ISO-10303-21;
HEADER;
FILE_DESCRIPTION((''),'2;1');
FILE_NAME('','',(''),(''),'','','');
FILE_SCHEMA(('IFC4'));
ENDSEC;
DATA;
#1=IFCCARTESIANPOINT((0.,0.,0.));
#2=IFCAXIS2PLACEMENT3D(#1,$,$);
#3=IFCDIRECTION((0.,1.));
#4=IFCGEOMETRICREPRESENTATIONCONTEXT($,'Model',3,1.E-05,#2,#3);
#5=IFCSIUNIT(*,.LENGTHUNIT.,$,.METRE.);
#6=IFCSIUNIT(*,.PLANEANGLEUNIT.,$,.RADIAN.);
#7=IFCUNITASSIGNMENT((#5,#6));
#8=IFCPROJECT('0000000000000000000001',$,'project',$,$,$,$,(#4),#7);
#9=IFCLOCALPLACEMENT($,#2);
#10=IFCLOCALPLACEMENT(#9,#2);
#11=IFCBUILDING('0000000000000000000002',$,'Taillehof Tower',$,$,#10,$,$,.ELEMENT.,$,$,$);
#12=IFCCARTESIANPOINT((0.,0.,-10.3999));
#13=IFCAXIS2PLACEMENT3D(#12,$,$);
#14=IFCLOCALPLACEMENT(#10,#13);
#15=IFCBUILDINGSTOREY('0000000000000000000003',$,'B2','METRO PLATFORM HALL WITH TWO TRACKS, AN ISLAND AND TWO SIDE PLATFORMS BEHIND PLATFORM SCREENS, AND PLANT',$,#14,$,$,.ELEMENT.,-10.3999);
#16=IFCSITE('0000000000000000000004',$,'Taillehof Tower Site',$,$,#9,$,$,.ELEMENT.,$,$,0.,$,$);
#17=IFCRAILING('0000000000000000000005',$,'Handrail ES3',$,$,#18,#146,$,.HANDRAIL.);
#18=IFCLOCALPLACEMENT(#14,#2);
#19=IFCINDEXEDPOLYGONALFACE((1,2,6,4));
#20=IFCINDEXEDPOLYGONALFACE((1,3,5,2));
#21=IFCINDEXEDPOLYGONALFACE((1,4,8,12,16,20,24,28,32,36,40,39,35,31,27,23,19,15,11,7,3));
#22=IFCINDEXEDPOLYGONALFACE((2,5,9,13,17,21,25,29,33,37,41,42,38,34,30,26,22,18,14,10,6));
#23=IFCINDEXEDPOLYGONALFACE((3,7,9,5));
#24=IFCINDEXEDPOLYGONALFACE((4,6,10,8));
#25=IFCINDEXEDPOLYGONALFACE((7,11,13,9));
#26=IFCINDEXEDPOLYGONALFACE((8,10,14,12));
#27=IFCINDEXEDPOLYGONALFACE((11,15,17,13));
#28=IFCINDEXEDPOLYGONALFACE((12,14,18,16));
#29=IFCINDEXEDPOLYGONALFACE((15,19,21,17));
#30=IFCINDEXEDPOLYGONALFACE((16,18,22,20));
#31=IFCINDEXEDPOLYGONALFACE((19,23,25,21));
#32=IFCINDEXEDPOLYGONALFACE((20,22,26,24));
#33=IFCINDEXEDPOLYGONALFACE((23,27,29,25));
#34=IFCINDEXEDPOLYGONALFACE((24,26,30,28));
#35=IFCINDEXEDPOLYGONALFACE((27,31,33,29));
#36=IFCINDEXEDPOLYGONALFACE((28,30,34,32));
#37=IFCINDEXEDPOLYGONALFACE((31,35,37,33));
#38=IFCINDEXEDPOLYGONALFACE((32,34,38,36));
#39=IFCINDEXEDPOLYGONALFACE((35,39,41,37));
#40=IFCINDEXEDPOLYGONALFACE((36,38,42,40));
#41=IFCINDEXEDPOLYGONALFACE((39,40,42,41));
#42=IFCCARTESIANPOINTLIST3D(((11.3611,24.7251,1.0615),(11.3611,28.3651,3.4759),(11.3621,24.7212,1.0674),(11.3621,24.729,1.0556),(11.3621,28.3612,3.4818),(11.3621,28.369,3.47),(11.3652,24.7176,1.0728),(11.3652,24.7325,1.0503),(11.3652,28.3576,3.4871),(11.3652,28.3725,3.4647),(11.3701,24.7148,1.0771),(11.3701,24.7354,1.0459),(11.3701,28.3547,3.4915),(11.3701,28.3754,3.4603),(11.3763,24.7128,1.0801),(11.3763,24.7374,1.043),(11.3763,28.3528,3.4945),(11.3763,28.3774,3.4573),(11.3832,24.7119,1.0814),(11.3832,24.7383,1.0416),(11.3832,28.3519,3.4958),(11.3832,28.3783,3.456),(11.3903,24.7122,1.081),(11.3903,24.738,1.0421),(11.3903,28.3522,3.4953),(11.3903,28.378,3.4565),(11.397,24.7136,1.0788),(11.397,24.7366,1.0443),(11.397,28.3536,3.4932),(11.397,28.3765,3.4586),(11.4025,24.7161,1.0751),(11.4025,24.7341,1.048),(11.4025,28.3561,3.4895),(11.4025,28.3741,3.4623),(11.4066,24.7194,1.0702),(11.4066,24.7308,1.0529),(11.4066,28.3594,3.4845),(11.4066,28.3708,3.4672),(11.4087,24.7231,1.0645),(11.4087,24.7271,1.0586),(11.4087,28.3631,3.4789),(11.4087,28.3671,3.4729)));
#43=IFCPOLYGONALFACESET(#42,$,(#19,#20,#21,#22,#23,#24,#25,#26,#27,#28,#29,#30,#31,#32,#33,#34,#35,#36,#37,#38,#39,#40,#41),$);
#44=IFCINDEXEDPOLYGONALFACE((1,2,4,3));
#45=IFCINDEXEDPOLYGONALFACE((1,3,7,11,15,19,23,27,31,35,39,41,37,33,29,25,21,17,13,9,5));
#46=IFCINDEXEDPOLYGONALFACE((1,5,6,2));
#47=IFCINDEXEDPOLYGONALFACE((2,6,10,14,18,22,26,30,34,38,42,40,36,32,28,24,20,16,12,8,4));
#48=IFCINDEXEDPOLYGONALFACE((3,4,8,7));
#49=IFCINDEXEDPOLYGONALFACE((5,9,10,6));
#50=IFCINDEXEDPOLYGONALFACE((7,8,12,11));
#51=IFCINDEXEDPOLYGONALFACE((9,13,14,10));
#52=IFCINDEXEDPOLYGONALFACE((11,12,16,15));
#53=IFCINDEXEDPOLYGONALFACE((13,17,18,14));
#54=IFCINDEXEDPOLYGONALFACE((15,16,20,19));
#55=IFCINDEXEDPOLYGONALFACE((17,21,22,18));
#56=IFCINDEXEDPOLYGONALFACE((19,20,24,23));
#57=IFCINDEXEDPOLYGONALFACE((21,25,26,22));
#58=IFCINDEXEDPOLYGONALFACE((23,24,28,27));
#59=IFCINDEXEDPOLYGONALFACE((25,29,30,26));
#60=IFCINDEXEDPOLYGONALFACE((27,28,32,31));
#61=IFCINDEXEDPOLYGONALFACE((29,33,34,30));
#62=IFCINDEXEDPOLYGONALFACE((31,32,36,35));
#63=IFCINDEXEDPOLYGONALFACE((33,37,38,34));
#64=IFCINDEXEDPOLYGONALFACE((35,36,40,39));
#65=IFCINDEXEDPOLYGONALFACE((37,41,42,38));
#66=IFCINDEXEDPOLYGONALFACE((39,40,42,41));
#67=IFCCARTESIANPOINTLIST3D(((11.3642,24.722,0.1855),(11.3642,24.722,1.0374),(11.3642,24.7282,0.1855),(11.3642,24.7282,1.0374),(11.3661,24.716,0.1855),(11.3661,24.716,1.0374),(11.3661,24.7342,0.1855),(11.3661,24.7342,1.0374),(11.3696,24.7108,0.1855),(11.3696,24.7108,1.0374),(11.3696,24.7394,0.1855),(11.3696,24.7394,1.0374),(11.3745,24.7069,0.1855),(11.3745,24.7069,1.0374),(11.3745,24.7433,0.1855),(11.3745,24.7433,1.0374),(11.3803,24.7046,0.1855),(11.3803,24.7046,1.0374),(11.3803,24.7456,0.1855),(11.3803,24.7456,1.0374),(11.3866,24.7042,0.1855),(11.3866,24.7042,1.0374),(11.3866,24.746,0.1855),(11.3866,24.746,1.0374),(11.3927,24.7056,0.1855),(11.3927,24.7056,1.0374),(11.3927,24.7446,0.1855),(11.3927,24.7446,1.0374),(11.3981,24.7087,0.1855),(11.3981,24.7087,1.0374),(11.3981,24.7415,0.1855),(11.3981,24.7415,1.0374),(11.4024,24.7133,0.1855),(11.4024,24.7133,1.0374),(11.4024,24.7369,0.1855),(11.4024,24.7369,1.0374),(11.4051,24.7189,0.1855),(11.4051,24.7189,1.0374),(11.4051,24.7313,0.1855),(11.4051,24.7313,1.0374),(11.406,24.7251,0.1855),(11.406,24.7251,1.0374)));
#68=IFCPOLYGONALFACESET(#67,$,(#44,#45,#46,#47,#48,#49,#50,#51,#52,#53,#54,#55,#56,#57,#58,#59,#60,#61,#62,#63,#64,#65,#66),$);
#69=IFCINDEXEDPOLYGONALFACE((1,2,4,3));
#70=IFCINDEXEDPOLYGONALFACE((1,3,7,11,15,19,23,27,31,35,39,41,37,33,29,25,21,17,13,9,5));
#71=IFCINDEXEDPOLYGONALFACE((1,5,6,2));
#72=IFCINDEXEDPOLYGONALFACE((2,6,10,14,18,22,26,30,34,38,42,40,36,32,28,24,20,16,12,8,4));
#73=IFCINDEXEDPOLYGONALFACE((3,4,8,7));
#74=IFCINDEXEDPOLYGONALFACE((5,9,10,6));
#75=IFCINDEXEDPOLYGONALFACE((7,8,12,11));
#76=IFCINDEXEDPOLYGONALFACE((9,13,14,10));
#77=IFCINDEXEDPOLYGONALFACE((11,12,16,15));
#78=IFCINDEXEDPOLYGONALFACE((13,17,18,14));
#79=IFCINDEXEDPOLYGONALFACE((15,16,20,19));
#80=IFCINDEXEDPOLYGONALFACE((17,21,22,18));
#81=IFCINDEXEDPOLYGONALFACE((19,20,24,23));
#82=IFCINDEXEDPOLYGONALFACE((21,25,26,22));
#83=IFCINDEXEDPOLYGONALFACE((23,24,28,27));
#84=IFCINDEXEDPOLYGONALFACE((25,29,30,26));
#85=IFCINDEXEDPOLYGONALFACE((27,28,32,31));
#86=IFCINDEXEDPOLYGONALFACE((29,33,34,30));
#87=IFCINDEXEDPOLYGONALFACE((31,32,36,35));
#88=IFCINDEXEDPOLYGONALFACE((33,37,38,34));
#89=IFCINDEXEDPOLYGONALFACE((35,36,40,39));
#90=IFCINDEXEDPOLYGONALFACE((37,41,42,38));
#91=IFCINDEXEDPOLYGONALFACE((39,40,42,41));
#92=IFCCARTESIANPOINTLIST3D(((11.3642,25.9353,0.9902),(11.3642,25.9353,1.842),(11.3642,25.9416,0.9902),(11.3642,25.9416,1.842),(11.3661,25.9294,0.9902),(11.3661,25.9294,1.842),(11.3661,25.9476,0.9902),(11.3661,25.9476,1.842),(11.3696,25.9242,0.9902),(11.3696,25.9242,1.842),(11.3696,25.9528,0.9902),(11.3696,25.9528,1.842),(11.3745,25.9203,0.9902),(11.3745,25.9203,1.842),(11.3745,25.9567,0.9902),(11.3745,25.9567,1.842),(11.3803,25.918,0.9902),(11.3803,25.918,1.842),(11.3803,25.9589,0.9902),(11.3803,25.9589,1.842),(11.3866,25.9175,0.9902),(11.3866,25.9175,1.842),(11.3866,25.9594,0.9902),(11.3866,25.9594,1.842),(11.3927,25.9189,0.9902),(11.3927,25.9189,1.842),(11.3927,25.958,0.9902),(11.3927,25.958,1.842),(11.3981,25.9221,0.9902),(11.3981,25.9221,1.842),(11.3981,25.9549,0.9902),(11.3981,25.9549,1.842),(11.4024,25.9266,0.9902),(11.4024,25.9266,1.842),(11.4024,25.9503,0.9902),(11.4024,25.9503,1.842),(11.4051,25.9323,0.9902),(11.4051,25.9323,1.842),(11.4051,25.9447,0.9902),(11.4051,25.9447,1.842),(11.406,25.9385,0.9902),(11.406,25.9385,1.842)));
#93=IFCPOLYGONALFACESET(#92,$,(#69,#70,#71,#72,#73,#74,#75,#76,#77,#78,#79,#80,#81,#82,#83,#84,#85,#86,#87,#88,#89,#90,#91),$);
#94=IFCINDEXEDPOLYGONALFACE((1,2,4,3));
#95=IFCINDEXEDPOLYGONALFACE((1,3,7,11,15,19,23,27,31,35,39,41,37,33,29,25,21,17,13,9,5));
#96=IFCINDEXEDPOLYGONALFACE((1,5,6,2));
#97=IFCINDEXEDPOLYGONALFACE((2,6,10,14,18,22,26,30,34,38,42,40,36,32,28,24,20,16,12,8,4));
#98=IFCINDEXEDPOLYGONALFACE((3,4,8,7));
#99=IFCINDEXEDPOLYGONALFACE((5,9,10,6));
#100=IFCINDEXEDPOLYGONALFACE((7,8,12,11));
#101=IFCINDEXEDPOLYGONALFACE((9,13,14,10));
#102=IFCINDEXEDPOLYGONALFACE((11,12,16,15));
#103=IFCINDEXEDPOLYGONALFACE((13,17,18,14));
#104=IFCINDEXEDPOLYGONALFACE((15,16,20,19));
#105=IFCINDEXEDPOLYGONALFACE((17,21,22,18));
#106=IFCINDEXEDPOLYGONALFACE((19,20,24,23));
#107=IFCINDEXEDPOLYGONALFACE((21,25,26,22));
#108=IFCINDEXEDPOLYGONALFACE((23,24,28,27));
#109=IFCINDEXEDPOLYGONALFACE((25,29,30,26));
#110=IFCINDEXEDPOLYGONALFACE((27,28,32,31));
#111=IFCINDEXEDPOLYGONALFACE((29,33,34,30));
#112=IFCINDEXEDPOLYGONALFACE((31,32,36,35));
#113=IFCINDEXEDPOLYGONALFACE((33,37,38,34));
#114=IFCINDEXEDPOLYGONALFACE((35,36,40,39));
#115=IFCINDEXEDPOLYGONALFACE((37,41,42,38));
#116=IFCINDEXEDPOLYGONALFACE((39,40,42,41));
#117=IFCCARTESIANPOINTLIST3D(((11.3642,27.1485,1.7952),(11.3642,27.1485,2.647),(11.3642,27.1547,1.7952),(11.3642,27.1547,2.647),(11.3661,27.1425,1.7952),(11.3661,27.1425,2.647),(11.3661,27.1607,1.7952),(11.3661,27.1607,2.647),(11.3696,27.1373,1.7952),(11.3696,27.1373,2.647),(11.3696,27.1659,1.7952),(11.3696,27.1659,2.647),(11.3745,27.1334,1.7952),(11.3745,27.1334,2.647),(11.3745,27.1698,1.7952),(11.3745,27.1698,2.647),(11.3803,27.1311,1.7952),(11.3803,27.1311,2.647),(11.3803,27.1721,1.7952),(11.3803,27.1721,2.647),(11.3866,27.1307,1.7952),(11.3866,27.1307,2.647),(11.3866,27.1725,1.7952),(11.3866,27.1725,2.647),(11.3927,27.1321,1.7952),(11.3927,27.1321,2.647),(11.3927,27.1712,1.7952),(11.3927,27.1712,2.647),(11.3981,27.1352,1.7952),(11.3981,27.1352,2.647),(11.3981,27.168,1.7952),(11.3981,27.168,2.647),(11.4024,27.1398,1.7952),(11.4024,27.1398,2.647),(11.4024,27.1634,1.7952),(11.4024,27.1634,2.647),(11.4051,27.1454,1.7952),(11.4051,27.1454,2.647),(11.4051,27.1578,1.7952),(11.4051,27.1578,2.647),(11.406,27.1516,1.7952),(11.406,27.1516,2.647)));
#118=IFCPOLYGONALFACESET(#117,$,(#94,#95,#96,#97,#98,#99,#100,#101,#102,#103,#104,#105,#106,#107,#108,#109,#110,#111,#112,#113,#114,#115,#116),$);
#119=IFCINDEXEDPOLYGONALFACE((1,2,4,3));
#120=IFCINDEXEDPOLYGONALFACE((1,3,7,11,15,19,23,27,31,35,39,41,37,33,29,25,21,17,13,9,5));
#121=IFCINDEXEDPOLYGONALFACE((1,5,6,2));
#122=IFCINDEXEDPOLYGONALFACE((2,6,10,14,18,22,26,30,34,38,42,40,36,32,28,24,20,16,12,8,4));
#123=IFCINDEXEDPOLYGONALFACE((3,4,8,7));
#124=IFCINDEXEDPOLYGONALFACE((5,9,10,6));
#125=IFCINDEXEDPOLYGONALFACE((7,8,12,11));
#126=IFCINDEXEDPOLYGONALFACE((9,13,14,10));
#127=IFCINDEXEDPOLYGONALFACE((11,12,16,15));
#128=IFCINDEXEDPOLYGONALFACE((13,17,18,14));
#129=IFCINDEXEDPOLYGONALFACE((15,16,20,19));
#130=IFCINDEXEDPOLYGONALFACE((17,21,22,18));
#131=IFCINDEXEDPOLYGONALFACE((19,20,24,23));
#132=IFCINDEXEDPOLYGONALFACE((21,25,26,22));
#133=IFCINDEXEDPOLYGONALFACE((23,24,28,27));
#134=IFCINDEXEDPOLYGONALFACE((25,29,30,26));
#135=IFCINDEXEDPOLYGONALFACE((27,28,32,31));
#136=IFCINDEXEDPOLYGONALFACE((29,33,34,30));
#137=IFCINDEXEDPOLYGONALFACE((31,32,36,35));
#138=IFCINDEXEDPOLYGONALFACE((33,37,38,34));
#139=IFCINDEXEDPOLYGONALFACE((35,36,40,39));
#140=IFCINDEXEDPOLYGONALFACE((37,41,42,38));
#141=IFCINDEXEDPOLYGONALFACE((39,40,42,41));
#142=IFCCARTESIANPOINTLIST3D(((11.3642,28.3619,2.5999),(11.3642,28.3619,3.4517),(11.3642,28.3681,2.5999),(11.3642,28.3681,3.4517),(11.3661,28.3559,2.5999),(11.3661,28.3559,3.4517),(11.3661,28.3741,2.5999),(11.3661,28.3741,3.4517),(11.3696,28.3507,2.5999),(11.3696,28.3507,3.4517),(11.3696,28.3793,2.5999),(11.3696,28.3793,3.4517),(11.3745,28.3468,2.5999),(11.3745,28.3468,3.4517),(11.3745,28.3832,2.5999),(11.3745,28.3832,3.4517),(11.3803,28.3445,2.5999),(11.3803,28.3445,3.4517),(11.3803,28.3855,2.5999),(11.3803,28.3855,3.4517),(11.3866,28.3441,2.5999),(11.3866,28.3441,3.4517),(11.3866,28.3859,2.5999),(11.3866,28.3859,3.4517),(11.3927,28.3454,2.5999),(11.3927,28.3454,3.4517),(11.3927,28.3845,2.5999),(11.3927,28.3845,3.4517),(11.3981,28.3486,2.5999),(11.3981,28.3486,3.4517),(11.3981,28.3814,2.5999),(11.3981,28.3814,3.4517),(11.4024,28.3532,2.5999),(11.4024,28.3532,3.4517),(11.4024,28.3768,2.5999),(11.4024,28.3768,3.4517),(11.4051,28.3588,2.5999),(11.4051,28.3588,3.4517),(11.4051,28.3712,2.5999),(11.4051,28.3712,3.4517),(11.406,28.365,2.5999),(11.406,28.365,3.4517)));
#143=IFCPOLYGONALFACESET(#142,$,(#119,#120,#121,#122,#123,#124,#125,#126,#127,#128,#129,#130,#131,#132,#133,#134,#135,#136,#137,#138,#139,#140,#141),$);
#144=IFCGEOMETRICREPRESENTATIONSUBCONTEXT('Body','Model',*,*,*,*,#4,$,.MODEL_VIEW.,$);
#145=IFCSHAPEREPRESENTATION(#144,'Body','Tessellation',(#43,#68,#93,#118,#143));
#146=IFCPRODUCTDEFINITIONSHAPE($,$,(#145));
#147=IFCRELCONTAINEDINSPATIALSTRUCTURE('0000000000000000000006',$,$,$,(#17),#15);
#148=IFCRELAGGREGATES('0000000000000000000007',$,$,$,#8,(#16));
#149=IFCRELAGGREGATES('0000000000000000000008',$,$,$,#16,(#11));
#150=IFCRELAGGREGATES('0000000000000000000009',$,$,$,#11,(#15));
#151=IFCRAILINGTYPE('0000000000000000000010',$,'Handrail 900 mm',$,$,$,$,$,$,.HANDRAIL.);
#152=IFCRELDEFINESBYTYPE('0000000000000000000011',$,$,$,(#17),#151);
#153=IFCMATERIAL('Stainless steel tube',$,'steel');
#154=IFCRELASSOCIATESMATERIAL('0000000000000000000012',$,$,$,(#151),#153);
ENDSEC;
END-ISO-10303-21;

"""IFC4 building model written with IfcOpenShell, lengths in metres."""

from ifc_helpers import new_model, si_unit, direction, frame, origin, origin_2d, place, context, subcontext, project, spatial, circle, extrude, material, type_object, element, save


model = new_model("IFC4")

# Units and contexts
model_context = context("Model", 3, precision=1e-05, world=origin(), true_north=direction((0.0, 1.0)))
body_context = subcontext(model_context, "Body", "Model", "MODEL_VIEW")
ifc_project = project(units=[si_unit("LENGTHUNIT", "METRE"), si_unit("PLANEANGLEUNIT", "RADIAN")], contexts=[model_context])

# Site, building, storey
site_placement = place(None, origin())
site = spatial("IfcSite", under=ifc_project, at=site_placement, Name="Taillehof Tower Site", CompositionType="ELEMENT", RefElevation=0.0)
building_placement = place(site_placement, origin())
building = spatial("IfcBuilding", under=site, at=building_placement, Name="Taillehof Tower", CompositionType="ELEMENT")
storey_placement = place(building_placement, frame((0.0, 0.0, -10.3999)))
storey = spatial("IfcBuildingStorey", under=building, at=storey_placement, Name="B2", Description="METRO PLATFORM HALL WITH TWO TRACKS, AN ISLAND AND TWO SIDE PLATFORMS BEHIND PLATFORM SCREENS, AND PLANT", CompositionType="ELEMENT", Elevation=-10.3999)

# Railing
ifc_material_1 = material(Name="Stainless steel tube", Category="steel")
railing_type = type_object("IfcRailingType", Name="Handrail 900 mm", PredefinedType="HANDRAIL", material=ifc_material_1)
for number, where, name in (
    (1, (11.385, 24.7251, 0.1855), "Handrail ES3"),
):
    element("IfcRailing", number, at=place(storey_placement, frame(where)), inside=storey, type_object=railing_type, Name=name, PredefinedType="HANDRAIL", context=body_context, shape_type="SweptSolid", body=[
        extrude(circle(Radius=0.0239, at=origin_2d()), frame((0.0, 0.0, 0.876), z_axis=(0.0, 0.833347, 0.552751), x_axis=(-1.0, 0.0, 0.0)), (0.0, 0.0, 1.0), 4.3679),
        extrude(circle(Radius=0.021, at=origin_2d()), origin(), (0.0, 0.0, 1.0), 0.8518),
        extrude(circle(Radius=0.021, at=origin_2d()), frame((0.0, 1.2134, 0.8047)), (0.0, 0.0, 1.0), 0.8518),
        extrude(circle(Radius=0.021, at=origin_2d()), frame((0.0, 2.4265, 1.6096)), (0.0, 0.0, 1.0), 0.8518),
        extrude(circle(Radius=0.021, at=origin_2d()), frame((0.0, 3.6399, 2.4143)), (0.0, 0.0, 1.0), 0.8518),
    ])

save(model, "model.ifc")
